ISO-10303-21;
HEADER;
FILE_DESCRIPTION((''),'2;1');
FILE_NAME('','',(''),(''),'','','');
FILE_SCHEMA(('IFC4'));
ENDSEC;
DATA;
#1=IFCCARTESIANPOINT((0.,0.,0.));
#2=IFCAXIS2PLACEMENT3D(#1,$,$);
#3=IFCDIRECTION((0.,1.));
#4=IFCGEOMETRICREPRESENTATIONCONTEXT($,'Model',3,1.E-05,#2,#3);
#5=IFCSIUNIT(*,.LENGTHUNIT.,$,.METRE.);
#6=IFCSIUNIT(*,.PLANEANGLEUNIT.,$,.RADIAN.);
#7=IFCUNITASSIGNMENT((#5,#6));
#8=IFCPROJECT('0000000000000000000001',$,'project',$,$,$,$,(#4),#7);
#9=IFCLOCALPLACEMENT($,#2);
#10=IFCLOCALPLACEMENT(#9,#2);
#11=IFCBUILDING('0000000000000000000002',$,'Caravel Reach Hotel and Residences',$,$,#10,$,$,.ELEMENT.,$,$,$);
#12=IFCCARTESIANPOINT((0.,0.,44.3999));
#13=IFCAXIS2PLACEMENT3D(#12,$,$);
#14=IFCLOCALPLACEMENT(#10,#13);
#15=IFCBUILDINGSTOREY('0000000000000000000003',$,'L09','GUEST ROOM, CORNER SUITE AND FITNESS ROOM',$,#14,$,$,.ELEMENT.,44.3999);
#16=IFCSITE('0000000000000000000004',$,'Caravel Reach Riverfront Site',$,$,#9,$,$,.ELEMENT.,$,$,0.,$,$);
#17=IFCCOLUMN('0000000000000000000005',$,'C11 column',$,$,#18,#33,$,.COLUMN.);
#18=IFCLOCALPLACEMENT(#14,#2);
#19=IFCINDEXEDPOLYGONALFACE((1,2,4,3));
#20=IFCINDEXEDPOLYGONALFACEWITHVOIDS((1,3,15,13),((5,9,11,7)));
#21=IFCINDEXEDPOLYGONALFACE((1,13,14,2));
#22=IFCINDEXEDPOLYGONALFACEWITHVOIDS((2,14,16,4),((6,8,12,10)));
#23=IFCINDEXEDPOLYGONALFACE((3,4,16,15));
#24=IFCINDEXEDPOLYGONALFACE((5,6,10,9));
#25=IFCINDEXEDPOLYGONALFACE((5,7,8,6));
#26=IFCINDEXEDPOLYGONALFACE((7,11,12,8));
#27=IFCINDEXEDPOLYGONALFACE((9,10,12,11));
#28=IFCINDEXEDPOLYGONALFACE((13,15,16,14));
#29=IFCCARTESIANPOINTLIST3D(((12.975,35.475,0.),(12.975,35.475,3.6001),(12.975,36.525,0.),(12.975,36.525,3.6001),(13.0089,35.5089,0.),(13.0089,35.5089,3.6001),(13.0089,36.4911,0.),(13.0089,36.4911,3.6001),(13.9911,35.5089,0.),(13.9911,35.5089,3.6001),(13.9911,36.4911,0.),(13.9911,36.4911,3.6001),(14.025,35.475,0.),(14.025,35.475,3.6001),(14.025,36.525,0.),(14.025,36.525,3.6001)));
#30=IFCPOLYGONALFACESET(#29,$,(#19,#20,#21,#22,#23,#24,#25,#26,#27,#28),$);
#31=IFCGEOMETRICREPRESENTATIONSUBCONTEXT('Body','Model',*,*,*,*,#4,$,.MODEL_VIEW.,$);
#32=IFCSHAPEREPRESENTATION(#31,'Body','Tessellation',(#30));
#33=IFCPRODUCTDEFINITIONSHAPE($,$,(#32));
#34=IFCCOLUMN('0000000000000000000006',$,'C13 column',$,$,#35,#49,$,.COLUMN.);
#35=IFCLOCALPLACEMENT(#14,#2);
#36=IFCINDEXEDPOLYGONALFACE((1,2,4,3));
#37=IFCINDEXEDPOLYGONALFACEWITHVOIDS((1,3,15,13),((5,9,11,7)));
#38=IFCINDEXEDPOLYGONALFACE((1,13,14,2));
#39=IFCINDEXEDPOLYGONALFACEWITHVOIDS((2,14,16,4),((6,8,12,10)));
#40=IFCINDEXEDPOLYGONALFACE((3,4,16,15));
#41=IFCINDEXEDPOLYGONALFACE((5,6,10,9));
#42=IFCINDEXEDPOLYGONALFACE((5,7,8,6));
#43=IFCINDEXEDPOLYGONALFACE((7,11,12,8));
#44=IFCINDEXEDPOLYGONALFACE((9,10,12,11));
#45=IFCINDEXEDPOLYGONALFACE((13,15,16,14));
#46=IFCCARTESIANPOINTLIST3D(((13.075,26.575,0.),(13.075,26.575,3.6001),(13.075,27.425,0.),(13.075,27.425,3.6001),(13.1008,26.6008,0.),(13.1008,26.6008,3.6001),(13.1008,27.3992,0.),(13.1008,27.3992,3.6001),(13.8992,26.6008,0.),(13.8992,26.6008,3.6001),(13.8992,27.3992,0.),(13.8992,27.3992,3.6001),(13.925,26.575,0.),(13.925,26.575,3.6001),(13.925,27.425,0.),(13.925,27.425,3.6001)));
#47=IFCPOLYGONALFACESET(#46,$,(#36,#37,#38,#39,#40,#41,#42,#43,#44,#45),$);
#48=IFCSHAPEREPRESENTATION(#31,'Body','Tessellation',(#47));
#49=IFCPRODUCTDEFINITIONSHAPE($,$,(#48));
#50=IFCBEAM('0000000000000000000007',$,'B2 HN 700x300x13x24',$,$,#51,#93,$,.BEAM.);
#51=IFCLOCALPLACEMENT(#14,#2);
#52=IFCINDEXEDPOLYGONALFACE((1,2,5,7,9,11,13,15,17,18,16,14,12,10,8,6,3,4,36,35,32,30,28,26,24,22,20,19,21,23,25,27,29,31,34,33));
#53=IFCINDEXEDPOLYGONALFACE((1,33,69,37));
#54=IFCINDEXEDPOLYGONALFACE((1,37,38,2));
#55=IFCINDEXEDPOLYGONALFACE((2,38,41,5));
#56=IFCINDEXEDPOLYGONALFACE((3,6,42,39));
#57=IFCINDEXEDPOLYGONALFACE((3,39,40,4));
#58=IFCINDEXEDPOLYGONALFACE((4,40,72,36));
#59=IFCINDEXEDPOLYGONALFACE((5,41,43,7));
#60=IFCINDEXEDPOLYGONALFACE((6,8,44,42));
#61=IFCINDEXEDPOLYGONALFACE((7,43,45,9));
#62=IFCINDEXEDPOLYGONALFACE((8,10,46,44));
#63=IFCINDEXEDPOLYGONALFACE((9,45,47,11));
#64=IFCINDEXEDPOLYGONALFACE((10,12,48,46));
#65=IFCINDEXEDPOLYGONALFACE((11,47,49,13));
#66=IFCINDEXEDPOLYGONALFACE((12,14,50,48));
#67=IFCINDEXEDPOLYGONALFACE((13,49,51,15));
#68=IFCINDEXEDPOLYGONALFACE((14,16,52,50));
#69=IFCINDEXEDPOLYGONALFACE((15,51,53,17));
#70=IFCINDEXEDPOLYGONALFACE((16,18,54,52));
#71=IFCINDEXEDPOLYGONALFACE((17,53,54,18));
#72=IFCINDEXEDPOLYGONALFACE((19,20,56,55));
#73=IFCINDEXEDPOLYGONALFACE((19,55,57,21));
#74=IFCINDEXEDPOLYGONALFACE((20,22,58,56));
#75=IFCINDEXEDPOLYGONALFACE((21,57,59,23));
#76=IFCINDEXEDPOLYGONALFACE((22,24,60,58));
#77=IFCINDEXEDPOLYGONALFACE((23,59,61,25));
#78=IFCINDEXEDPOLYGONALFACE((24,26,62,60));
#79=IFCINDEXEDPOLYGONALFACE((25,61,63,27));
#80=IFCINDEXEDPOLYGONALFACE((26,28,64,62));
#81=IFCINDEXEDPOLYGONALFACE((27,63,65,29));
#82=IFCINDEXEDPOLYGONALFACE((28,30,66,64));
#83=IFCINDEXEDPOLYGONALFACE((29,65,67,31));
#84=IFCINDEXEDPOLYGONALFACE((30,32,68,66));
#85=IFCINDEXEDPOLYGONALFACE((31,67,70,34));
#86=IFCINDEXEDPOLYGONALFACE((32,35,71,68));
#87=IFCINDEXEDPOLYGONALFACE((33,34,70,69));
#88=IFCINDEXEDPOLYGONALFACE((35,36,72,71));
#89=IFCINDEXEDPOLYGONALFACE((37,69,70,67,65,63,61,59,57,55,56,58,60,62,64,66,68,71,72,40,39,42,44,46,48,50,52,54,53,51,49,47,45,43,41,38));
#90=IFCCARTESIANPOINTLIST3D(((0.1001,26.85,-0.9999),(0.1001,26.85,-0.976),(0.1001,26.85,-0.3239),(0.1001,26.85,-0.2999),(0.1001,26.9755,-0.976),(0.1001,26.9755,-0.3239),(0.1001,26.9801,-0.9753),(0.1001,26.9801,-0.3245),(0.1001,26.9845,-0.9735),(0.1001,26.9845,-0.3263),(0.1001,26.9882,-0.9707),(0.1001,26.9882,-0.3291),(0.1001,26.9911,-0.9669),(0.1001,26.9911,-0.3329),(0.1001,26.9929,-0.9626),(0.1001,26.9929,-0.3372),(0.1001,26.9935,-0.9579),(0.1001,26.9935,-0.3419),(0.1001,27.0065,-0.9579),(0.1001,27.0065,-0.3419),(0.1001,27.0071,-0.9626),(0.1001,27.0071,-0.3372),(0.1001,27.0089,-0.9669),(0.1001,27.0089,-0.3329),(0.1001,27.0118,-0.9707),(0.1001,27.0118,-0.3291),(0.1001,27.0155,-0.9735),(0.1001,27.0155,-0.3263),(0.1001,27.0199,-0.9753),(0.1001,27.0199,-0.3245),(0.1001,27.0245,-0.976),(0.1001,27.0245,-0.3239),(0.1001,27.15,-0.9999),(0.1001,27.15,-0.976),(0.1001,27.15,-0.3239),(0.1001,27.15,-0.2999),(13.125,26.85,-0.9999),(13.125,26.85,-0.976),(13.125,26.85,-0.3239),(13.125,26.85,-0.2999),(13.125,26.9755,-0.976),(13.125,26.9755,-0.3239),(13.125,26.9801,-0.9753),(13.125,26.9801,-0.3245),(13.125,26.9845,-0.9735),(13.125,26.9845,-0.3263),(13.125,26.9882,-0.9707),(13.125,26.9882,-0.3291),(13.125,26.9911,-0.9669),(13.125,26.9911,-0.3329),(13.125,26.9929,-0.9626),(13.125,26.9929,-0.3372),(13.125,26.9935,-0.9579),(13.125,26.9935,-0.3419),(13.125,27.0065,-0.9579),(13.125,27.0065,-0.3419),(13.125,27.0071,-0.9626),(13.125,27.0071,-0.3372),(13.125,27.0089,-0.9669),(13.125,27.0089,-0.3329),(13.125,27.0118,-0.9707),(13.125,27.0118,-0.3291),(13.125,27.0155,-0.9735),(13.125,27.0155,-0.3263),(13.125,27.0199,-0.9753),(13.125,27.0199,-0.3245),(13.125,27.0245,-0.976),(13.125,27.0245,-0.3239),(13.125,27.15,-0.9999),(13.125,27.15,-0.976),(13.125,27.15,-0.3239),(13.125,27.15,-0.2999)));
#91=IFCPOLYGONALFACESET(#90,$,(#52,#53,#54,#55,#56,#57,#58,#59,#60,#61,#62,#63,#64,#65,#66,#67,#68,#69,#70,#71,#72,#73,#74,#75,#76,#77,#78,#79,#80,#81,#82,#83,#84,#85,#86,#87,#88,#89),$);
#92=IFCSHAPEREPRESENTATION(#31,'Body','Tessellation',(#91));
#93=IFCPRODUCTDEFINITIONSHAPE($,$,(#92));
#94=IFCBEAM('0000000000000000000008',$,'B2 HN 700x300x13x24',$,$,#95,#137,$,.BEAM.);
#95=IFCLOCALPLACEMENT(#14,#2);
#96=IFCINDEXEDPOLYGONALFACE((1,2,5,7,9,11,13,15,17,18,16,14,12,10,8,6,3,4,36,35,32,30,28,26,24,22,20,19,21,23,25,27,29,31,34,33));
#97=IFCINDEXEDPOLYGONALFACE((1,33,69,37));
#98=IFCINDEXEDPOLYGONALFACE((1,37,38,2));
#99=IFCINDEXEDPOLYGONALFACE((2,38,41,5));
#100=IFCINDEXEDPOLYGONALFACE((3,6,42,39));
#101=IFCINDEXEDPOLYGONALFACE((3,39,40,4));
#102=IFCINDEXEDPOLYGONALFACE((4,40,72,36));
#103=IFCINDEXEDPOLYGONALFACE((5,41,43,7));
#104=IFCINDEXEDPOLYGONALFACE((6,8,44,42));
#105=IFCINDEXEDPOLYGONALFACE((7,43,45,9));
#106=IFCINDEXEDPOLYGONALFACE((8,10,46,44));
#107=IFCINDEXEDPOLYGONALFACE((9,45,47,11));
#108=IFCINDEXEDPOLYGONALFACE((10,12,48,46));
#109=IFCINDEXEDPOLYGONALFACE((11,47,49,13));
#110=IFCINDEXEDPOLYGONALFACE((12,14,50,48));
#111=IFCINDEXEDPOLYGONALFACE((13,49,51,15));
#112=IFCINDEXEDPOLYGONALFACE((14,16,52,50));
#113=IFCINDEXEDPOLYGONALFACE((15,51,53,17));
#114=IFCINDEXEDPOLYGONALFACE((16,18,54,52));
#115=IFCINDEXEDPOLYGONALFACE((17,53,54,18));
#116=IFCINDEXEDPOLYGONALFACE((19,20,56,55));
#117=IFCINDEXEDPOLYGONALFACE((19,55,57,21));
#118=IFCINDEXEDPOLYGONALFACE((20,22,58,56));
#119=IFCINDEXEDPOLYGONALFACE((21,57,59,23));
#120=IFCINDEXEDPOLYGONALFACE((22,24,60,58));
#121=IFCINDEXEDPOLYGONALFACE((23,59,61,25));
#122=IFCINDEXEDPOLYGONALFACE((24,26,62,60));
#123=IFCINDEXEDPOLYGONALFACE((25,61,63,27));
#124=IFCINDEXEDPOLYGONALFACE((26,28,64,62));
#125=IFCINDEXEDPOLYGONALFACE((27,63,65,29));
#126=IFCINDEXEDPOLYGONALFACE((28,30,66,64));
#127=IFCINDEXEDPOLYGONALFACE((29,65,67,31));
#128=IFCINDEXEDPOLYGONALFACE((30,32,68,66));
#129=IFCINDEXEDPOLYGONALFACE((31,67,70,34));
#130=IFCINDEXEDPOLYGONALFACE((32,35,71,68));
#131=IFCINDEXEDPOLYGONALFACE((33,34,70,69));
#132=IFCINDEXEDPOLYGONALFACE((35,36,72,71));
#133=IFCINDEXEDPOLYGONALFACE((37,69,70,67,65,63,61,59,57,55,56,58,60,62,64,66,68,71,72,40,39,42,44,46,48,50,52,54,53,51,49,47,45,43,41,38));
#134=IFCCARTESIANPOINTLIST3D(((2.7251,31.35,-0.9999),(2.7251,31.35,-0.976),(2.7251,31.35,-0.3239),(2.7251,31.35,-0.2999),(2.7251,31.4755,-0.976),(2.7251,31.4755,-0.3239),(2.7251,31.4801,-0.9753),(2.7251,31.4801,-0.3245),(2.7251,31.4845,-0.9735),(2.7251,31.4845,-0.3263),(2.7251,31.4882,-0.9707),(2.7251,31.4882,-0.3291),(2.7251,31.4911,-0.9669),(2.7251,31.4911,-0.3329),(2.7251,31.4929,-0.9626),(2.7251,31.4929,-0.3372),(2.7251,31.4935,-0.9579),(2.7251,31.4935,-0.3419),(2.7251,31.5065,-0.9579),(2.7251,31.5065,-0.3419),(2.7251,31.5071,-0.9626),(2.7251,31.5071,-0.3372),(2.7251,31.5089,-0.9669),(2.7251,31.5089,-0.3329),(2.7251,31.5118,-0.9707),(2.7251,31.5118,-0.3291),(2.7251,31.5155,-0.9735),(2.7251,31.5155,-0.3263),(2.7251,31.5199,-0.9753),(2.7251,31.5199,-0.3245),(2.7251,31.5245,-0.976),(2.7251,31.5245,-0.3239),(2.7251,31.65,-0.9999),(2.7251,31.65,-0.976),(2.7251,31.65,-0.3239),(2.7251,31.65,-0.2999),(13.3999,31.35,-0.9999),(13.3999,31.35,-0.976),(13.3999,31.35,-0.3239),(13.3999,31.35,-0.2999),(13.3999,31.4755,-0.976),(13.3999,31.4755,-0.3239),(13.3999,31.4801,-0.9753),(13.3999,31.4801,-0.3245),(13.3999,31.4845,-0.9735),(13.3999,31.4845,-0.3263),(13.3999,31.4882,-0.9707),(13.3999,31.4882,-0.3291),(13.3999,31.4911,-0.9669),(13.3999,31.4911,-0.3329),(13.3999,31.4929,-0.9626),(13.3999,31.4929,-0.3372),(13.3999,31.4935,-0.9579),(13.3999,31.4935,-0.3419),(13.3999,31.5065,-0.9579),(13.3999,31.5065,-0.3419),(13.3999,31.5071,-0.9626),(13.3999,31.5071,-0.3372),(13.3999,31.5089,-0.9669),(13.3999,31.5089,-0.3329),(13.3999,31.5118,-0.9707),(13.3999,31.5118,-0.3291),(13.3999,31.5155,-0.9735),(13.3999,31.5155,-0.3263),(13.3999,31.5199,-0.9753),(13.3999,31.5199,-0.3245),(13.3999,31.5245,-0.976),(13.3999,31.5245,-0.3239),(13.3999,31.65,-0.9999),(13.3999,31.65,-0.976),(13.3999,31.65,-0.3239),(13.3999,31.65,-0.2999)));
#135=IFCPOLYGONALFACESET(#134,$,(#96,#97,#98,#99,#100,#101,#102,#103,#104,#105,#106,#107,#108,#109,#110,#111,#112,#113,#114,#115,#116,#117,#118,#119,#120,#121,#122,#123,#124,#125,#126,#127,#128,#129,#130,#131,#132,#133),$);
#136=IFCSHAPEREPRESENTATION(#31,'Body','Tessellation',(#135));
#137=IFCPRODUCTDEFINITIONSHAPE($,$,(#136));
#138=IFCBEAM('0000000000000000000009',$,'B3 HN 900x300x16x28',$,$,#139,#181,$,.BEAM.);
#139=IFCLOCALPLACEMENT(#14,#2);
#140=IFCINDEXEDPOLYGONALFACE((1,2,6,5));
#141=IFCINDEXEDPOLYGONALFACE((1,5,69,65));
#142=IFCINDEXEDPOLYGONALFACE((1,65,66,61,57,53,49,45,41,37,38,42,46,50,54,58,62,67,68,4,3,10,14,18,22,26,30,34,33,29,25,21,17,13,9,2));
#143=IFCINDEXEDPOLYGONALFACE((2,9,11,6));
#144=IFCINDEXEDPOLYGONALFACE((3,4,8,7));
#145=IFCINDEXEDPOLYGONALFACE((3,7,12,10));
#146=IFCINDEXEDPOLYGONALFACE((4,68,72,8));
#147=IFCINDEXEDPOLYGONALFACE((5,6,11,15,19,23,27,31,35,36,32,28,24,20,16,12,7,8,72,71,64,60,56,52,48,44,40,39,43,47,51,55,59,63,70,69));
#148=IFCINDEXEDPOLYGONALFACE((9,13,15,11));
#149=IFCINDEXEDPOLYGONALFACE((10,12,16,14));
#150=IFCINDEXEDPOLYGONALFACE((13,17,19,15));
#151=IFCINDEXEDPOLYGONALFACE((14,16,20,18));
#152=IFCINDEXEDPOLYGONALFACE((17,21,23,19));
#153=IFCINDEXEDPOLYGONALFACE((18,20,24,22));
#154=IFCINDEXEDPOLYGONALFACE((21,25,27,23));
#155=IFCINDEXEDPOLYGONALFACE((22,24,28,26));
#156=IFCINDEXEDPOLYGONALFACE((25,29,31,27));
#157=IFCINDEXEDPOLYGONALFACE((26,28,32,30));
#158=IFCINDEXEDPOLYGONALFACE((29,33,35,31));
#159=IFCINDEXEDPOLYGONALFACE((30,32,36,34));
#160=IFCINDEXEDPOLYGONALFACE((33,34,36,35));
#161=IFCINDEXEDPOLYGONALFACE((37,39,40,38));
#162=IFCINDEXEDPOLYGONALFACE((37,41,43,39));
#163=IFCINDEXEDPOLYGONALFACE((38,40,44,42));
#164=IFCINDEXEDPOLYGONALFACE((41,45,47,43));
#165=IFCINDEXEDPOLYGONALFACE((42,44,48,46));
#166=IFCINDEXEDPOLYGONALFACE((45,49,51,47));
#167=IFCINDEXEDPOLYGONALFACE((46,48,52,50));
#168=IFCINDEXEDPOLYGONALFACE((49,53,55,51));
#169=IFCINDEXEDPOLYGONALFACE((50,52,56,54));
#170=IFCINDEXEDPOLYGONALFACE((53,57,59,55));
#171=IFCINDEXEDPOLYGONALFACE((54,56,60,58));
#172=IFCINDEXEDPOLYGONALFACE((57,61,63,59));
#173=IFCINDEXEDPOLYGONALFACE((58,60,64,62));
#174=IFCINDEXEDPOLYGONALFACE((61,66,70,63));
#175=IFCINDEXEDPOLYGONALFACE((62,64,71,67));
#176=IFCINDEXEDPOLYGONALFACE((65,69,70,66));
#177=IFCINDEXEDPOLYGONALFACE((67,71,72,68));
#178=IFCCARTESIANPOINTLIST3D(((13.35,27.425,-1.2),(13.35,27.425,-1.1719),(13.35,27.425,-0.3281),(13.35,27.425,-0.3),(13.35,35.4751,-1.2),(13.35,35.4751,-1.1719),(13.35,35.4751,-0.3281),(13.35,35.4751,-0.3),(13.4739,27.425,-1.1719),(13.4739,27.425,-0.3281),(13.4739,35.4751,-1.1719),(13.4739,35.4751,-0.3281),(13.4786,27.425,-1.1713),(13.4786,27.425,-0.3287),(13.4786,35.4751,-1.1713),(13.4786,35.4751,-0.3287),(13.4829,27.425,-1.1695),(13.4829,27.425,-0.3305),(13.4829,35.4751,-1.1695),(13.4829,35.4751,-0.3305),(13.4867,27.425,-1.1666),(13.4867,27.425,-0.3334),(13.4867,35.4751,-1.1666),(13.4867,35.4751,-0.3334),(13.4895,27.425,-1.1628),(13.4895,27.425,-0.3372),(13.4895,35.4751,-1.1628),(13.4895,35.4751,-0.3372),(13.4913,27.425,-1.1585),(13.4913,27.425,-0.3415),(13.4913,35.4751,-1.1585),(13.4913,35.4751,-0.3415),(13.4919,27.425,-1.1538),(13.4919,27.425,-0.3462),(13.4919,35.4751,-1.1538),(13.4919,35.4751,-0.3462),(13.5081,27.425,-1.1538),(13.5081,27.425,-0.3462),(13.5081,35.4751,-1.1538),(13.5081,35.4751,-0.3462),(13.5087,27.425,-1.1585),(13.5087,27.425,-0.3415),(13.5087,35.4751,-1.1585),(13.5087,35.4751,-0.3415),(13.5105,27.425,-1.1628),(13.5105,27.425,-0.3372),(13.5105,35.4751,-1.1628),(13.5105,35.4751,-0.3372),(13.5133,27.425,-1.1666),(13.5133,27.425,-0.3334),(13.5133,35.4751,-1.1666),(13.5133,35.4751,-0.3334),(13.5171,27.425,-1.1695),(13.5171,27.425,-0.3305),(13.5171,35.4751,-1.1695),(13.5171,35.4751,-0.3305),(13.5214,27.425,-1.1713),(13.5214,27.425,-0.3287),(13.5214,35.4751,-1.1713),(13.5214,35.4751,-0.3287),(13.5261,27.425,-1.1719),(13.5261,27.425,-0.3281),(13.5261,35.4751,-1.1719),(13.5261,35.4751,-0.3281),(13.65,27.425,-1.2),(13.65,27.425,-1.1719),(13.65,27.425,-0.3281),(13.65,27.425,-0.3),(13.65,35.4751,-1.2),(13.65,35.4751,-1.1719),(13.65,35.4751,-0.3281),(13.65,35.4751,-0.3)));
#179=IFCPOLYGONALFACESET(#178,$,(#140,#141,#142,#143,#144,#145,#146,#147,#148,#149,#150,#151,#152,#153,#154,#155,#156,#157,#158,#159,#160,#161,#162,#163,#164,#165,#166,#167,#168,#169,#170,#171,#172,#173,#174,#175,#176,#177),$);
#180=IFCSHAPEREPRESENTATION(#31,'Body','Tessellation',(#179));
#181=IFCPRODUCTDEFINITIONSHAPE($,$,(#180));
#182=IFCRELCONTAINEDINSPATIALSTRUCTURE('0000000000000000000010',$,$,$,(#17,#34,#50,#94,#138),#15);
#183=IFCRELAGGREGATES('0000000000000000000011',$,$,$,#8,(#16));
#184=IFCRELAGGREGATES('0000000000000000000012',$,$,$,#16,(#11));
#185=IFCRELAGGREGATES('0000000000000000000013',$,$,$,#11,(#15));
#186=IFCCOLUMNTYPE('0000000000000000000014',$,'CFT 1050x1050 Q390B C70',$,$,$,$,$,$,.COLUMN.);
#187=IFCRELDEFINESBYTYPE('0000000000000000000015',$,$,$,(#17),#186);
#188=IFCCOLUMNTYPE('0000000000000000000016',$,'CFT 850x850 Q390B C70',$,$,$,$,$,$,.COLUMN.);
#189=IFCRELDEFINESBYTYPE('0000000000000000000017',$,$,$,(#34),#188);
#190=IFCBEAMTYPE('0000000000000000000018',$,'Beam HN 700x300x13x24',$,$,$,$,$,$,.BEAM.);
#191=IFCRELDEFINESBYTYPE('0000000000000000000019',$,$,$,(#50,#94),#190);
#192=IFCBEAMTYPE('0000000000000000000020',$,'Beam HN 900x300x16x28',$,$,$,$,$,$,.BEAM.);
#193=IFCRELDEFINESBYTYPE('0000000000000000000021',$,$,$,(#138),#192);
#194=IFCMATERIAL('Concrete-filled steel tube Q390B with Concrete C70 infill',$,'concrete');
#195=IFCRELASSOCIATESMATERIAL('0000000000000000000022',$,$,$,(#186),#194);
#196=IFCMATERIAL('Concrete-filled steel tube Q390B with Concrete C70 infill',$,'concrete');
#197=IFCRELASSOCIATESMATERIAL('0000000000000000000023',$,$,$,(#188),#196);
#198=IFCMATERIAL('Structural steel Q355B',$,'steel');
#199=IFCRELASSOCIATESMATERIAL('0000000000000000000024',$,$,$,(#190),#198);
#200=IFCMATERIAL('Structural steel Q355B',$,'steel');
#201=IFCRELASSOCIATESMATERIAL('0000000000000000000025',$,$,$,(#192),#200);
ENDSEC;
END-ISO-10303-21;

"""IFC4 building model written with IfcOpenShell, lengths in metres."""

from ifc_helpers import new_model, si_unit, direction, frame, origin, origin_2d, place, context, subcontext, project, spatial, hollow_rectangle, i_section, extrude, material, material_profile, profile_set, type_object, element, save


model = new_model("IFC4")

# Units and contexts
model_context = context("Model", 3, precision=1e-05, world=origin(), true_north=direction((0.0, 1.0)))
body_context = subcontext(model_context, "Body", "Model", "MODEL_VIEW")
ifc_project = project(units=[si_unit("LENGTHUNIT", "METRE"), si_unit("PLANEANGLEUNIT", "RADIAN")], contexts=[model_context])

# Site, building, storey
site_placement = place(None, origin())
site = spatial("IfcSite", under=ifc_project, at=site_placement, Name="Caravel Reach Riverfront Site", CompositionType="ELEMENT", RefElevation=0.0)
building_placement = place(site_placement, origin())
building = spatial("IfcBuilding", under=site, at=building_placement, Name="Caravel Reach Hotel and Residences", CompositionType="ELEMENT")
storey_placement = place(building_placement, frame((0.0, 0.0, 44.3999)))
storey = spatial("IfcBuildingStorey", under=building, at=storey_placement, Name="L09", Description="GUEST ROOM, CORNER SUITE AND FITNESS ROOM", CompositionType="ELEMENT", Elevation=44.3999)

# Columns
ifc_material_1 = material(Name="Concrete-filled steel tube Q390B with Concrete C70 infill", Category="concrete")
ifc_material_profile_1 = material_profile(ifc_material_1, hollow_rectangle(XDim=1.05, YDim=1.05, WallThickness=0.0339, at=origin_2d()), Name="RHS 1050x1050x34")
ifc_profile_set_1 = profile_set([ifc_material_profile_1], Name="Concrete-filled steel tube Q390B with Concrete C70 infill")
column_type_1 = type_object("IfcColumnType", Name="CFT 1050x1050 Q390B C70", PredefinedType="COLUMN", material=ifc_profile_set_1)
column_1_placement = place(storey_placement, frame((13.5, 36.0, 0.0), z_axis=(0.0, 0.0, 1.0), x_axis=(1.0, 0.0, 0.0)))
element("IfcColumn", 1, at=column_1_placement, inside=storey, type_object=column_type_1, Name="C11 column", PredefinedType="COLUMN", context=body_context, shape_type="SweptSolid", body=[
    extrude(hollow_rectangle(XDim=1.05, YDim=1.05, WallThickness=0.0339, at=origin_2d()), origin(), (0.0, 0.0, 1.0), 3.6001),
])
ifc_material_2 = material(Name="Concrete-filled steel tube Q390B with Concrete C70 infill", Category="concrete")
ifc_material_profile_2 = material_profile(ifc_material_2, hollow_rectangle(XDim=0.8501, YDim=0.8501, WallThickness=0.0259, at=origin_2d()), Name="RHS 850x850x26")
ifc_profile_set_2 = profile_set([ifc_material_profile_2], Name="Concrete-filled steel tube Q390B with Concrete C70 infill")
column_type_2 = type_object("IfcColumnType", Name="CFT 850x850 Q390B C70", PredefinedType="COLUMN", material=ifc_profile_set_2)
column_2_placement = place(storey_placement, frame((13.5, 27.0, 0.0), z_axis=(0.0, 0.0, 1.0), x_axis=(1.0, 0.0, 0.0)))
element("IfcColumn", 2, at=column_2_placement, inside=storey, type_object=column_type_2, Name="C13 column", PredefinedType="COLUMN", context=body_context, shape_type="SweptSolid", body=[
    extrude(hollow_rectangle(XDim=0.8501, YDim=0.8501, WallThickness=0.0259, at=origin_2d()), origin(), (0.0, 0.0, 1.0), 3.6001),
])

# Beams
ifc_material_3 = material(Name="Structural steel Q355B", Category="steel")
ifc_material_profile_3 = material_profile(ifc_material_3, i_section(OverallWidth=0.3, OverallDepth=0.7, WebThickness=0.0129, FlangeThickness=0.0239, FilletRadius=0.0181, at=origin_2d()), Name="HN 700x300x13x24")
ifc_profile_set_3 = profile_set([ifc_material_profile_3], Name="Structural steel Q355B")
beam_type_1 = type_object("IfcBeamType", Name="Beam HN 700x300x13x24", PredefinedType="BEAM", material=ifc_profile_set_3)
beam_1_placement = place(storey_placement, frame((13.125, 27.0, -0.6499), z_axis=(-1.0, 0.0, 0.0), x_axis=(0.0, -1.0, 0.0)))
element("IfcBeam", 3, at=beam_1_placement, inside=storey, type_object=beam_type_1, Name="B2 HN 700x300x13x24", PredefinedType="BEAM", context=body_context, shape_type="SweptSolid", body=[
    extrude(i_section(OverallWidth=0.3, OverallDepth=0.7, WebThickness=0.0129, FlangeThickness=0.0239, FilletRadius=0.0181, at=origin_2d()), origin(), (0.0, 0.0, 1.0), 13.0249),
])
beam_2_placement = place(storey_placement, frame((13.3999, 31.5, -0.6499), z_axis=(-1.0, 0.0, 0.0), x_axis=(0.0, -1.0, 0.0)))
element("IfcBeam", 4, at=beam_2_placement, inside=storey, type_object=beam_type_1, Name="B2 HN 700x300x13x24", PredefinedType="BEAM", context=body_context, shape_type="SweptSolid", body=[
    extrude(i_section(OverallWidth=0.3, OverallDepth=0.7, WebThickness=0.0129, FlangeThickness=0.0239, FilletRadius=0.0181, at=origin_2d()), origin(), (0.0, 0.0, 1.0), 10.6748),
])
ifc_material_4 = material(Name="Structural steel Q355B", Category="steel")
ifc_material_profile_4 = material_profile(ifc_material_4, i_section(OverallWidth=0.3, OverallDepth=0.8999, WebThickness=0.0161, FlangeThickness=0.0281, FilletRadius=0.0181, at=origin_2d()), Name="HN 900x300x16x28")
ifc_profile_set_4 = profile_set([ifc_material_profile_4], Name="Structural steel Q355B")
beam_type_2 = type_object("IfcBeamType", Name="Beam HN 900x300x16x28", PredefinedType="BEAM", material=ifc_profile_set_4)
beam_3_placement = place(storey_placement, frame((13.5, 27.425, -0.75), z_axis=(0.0, 1.0, 0.0), x_axis=(-1.0, 0.0, 0.0)))
element("IfcBeam", 5, at=beam_3_placement, inside=storey, type_object=beam_type_2, Name="B3 HN 900x300x16x28", PredefinedType="BEAM", context=body_context, shape_type="SweptSolid", body=[
    extrude(i_section(OverallWidth=0.3, OverallDepth=0.8999, WebThickness=0.0161, FlangeThickness=0.0281, FilletRadius=0.0181, at=origin_2d()), origin(), (0.0, 0.0, 1.0), 8.05),
])

save(model, "model.ifc")
